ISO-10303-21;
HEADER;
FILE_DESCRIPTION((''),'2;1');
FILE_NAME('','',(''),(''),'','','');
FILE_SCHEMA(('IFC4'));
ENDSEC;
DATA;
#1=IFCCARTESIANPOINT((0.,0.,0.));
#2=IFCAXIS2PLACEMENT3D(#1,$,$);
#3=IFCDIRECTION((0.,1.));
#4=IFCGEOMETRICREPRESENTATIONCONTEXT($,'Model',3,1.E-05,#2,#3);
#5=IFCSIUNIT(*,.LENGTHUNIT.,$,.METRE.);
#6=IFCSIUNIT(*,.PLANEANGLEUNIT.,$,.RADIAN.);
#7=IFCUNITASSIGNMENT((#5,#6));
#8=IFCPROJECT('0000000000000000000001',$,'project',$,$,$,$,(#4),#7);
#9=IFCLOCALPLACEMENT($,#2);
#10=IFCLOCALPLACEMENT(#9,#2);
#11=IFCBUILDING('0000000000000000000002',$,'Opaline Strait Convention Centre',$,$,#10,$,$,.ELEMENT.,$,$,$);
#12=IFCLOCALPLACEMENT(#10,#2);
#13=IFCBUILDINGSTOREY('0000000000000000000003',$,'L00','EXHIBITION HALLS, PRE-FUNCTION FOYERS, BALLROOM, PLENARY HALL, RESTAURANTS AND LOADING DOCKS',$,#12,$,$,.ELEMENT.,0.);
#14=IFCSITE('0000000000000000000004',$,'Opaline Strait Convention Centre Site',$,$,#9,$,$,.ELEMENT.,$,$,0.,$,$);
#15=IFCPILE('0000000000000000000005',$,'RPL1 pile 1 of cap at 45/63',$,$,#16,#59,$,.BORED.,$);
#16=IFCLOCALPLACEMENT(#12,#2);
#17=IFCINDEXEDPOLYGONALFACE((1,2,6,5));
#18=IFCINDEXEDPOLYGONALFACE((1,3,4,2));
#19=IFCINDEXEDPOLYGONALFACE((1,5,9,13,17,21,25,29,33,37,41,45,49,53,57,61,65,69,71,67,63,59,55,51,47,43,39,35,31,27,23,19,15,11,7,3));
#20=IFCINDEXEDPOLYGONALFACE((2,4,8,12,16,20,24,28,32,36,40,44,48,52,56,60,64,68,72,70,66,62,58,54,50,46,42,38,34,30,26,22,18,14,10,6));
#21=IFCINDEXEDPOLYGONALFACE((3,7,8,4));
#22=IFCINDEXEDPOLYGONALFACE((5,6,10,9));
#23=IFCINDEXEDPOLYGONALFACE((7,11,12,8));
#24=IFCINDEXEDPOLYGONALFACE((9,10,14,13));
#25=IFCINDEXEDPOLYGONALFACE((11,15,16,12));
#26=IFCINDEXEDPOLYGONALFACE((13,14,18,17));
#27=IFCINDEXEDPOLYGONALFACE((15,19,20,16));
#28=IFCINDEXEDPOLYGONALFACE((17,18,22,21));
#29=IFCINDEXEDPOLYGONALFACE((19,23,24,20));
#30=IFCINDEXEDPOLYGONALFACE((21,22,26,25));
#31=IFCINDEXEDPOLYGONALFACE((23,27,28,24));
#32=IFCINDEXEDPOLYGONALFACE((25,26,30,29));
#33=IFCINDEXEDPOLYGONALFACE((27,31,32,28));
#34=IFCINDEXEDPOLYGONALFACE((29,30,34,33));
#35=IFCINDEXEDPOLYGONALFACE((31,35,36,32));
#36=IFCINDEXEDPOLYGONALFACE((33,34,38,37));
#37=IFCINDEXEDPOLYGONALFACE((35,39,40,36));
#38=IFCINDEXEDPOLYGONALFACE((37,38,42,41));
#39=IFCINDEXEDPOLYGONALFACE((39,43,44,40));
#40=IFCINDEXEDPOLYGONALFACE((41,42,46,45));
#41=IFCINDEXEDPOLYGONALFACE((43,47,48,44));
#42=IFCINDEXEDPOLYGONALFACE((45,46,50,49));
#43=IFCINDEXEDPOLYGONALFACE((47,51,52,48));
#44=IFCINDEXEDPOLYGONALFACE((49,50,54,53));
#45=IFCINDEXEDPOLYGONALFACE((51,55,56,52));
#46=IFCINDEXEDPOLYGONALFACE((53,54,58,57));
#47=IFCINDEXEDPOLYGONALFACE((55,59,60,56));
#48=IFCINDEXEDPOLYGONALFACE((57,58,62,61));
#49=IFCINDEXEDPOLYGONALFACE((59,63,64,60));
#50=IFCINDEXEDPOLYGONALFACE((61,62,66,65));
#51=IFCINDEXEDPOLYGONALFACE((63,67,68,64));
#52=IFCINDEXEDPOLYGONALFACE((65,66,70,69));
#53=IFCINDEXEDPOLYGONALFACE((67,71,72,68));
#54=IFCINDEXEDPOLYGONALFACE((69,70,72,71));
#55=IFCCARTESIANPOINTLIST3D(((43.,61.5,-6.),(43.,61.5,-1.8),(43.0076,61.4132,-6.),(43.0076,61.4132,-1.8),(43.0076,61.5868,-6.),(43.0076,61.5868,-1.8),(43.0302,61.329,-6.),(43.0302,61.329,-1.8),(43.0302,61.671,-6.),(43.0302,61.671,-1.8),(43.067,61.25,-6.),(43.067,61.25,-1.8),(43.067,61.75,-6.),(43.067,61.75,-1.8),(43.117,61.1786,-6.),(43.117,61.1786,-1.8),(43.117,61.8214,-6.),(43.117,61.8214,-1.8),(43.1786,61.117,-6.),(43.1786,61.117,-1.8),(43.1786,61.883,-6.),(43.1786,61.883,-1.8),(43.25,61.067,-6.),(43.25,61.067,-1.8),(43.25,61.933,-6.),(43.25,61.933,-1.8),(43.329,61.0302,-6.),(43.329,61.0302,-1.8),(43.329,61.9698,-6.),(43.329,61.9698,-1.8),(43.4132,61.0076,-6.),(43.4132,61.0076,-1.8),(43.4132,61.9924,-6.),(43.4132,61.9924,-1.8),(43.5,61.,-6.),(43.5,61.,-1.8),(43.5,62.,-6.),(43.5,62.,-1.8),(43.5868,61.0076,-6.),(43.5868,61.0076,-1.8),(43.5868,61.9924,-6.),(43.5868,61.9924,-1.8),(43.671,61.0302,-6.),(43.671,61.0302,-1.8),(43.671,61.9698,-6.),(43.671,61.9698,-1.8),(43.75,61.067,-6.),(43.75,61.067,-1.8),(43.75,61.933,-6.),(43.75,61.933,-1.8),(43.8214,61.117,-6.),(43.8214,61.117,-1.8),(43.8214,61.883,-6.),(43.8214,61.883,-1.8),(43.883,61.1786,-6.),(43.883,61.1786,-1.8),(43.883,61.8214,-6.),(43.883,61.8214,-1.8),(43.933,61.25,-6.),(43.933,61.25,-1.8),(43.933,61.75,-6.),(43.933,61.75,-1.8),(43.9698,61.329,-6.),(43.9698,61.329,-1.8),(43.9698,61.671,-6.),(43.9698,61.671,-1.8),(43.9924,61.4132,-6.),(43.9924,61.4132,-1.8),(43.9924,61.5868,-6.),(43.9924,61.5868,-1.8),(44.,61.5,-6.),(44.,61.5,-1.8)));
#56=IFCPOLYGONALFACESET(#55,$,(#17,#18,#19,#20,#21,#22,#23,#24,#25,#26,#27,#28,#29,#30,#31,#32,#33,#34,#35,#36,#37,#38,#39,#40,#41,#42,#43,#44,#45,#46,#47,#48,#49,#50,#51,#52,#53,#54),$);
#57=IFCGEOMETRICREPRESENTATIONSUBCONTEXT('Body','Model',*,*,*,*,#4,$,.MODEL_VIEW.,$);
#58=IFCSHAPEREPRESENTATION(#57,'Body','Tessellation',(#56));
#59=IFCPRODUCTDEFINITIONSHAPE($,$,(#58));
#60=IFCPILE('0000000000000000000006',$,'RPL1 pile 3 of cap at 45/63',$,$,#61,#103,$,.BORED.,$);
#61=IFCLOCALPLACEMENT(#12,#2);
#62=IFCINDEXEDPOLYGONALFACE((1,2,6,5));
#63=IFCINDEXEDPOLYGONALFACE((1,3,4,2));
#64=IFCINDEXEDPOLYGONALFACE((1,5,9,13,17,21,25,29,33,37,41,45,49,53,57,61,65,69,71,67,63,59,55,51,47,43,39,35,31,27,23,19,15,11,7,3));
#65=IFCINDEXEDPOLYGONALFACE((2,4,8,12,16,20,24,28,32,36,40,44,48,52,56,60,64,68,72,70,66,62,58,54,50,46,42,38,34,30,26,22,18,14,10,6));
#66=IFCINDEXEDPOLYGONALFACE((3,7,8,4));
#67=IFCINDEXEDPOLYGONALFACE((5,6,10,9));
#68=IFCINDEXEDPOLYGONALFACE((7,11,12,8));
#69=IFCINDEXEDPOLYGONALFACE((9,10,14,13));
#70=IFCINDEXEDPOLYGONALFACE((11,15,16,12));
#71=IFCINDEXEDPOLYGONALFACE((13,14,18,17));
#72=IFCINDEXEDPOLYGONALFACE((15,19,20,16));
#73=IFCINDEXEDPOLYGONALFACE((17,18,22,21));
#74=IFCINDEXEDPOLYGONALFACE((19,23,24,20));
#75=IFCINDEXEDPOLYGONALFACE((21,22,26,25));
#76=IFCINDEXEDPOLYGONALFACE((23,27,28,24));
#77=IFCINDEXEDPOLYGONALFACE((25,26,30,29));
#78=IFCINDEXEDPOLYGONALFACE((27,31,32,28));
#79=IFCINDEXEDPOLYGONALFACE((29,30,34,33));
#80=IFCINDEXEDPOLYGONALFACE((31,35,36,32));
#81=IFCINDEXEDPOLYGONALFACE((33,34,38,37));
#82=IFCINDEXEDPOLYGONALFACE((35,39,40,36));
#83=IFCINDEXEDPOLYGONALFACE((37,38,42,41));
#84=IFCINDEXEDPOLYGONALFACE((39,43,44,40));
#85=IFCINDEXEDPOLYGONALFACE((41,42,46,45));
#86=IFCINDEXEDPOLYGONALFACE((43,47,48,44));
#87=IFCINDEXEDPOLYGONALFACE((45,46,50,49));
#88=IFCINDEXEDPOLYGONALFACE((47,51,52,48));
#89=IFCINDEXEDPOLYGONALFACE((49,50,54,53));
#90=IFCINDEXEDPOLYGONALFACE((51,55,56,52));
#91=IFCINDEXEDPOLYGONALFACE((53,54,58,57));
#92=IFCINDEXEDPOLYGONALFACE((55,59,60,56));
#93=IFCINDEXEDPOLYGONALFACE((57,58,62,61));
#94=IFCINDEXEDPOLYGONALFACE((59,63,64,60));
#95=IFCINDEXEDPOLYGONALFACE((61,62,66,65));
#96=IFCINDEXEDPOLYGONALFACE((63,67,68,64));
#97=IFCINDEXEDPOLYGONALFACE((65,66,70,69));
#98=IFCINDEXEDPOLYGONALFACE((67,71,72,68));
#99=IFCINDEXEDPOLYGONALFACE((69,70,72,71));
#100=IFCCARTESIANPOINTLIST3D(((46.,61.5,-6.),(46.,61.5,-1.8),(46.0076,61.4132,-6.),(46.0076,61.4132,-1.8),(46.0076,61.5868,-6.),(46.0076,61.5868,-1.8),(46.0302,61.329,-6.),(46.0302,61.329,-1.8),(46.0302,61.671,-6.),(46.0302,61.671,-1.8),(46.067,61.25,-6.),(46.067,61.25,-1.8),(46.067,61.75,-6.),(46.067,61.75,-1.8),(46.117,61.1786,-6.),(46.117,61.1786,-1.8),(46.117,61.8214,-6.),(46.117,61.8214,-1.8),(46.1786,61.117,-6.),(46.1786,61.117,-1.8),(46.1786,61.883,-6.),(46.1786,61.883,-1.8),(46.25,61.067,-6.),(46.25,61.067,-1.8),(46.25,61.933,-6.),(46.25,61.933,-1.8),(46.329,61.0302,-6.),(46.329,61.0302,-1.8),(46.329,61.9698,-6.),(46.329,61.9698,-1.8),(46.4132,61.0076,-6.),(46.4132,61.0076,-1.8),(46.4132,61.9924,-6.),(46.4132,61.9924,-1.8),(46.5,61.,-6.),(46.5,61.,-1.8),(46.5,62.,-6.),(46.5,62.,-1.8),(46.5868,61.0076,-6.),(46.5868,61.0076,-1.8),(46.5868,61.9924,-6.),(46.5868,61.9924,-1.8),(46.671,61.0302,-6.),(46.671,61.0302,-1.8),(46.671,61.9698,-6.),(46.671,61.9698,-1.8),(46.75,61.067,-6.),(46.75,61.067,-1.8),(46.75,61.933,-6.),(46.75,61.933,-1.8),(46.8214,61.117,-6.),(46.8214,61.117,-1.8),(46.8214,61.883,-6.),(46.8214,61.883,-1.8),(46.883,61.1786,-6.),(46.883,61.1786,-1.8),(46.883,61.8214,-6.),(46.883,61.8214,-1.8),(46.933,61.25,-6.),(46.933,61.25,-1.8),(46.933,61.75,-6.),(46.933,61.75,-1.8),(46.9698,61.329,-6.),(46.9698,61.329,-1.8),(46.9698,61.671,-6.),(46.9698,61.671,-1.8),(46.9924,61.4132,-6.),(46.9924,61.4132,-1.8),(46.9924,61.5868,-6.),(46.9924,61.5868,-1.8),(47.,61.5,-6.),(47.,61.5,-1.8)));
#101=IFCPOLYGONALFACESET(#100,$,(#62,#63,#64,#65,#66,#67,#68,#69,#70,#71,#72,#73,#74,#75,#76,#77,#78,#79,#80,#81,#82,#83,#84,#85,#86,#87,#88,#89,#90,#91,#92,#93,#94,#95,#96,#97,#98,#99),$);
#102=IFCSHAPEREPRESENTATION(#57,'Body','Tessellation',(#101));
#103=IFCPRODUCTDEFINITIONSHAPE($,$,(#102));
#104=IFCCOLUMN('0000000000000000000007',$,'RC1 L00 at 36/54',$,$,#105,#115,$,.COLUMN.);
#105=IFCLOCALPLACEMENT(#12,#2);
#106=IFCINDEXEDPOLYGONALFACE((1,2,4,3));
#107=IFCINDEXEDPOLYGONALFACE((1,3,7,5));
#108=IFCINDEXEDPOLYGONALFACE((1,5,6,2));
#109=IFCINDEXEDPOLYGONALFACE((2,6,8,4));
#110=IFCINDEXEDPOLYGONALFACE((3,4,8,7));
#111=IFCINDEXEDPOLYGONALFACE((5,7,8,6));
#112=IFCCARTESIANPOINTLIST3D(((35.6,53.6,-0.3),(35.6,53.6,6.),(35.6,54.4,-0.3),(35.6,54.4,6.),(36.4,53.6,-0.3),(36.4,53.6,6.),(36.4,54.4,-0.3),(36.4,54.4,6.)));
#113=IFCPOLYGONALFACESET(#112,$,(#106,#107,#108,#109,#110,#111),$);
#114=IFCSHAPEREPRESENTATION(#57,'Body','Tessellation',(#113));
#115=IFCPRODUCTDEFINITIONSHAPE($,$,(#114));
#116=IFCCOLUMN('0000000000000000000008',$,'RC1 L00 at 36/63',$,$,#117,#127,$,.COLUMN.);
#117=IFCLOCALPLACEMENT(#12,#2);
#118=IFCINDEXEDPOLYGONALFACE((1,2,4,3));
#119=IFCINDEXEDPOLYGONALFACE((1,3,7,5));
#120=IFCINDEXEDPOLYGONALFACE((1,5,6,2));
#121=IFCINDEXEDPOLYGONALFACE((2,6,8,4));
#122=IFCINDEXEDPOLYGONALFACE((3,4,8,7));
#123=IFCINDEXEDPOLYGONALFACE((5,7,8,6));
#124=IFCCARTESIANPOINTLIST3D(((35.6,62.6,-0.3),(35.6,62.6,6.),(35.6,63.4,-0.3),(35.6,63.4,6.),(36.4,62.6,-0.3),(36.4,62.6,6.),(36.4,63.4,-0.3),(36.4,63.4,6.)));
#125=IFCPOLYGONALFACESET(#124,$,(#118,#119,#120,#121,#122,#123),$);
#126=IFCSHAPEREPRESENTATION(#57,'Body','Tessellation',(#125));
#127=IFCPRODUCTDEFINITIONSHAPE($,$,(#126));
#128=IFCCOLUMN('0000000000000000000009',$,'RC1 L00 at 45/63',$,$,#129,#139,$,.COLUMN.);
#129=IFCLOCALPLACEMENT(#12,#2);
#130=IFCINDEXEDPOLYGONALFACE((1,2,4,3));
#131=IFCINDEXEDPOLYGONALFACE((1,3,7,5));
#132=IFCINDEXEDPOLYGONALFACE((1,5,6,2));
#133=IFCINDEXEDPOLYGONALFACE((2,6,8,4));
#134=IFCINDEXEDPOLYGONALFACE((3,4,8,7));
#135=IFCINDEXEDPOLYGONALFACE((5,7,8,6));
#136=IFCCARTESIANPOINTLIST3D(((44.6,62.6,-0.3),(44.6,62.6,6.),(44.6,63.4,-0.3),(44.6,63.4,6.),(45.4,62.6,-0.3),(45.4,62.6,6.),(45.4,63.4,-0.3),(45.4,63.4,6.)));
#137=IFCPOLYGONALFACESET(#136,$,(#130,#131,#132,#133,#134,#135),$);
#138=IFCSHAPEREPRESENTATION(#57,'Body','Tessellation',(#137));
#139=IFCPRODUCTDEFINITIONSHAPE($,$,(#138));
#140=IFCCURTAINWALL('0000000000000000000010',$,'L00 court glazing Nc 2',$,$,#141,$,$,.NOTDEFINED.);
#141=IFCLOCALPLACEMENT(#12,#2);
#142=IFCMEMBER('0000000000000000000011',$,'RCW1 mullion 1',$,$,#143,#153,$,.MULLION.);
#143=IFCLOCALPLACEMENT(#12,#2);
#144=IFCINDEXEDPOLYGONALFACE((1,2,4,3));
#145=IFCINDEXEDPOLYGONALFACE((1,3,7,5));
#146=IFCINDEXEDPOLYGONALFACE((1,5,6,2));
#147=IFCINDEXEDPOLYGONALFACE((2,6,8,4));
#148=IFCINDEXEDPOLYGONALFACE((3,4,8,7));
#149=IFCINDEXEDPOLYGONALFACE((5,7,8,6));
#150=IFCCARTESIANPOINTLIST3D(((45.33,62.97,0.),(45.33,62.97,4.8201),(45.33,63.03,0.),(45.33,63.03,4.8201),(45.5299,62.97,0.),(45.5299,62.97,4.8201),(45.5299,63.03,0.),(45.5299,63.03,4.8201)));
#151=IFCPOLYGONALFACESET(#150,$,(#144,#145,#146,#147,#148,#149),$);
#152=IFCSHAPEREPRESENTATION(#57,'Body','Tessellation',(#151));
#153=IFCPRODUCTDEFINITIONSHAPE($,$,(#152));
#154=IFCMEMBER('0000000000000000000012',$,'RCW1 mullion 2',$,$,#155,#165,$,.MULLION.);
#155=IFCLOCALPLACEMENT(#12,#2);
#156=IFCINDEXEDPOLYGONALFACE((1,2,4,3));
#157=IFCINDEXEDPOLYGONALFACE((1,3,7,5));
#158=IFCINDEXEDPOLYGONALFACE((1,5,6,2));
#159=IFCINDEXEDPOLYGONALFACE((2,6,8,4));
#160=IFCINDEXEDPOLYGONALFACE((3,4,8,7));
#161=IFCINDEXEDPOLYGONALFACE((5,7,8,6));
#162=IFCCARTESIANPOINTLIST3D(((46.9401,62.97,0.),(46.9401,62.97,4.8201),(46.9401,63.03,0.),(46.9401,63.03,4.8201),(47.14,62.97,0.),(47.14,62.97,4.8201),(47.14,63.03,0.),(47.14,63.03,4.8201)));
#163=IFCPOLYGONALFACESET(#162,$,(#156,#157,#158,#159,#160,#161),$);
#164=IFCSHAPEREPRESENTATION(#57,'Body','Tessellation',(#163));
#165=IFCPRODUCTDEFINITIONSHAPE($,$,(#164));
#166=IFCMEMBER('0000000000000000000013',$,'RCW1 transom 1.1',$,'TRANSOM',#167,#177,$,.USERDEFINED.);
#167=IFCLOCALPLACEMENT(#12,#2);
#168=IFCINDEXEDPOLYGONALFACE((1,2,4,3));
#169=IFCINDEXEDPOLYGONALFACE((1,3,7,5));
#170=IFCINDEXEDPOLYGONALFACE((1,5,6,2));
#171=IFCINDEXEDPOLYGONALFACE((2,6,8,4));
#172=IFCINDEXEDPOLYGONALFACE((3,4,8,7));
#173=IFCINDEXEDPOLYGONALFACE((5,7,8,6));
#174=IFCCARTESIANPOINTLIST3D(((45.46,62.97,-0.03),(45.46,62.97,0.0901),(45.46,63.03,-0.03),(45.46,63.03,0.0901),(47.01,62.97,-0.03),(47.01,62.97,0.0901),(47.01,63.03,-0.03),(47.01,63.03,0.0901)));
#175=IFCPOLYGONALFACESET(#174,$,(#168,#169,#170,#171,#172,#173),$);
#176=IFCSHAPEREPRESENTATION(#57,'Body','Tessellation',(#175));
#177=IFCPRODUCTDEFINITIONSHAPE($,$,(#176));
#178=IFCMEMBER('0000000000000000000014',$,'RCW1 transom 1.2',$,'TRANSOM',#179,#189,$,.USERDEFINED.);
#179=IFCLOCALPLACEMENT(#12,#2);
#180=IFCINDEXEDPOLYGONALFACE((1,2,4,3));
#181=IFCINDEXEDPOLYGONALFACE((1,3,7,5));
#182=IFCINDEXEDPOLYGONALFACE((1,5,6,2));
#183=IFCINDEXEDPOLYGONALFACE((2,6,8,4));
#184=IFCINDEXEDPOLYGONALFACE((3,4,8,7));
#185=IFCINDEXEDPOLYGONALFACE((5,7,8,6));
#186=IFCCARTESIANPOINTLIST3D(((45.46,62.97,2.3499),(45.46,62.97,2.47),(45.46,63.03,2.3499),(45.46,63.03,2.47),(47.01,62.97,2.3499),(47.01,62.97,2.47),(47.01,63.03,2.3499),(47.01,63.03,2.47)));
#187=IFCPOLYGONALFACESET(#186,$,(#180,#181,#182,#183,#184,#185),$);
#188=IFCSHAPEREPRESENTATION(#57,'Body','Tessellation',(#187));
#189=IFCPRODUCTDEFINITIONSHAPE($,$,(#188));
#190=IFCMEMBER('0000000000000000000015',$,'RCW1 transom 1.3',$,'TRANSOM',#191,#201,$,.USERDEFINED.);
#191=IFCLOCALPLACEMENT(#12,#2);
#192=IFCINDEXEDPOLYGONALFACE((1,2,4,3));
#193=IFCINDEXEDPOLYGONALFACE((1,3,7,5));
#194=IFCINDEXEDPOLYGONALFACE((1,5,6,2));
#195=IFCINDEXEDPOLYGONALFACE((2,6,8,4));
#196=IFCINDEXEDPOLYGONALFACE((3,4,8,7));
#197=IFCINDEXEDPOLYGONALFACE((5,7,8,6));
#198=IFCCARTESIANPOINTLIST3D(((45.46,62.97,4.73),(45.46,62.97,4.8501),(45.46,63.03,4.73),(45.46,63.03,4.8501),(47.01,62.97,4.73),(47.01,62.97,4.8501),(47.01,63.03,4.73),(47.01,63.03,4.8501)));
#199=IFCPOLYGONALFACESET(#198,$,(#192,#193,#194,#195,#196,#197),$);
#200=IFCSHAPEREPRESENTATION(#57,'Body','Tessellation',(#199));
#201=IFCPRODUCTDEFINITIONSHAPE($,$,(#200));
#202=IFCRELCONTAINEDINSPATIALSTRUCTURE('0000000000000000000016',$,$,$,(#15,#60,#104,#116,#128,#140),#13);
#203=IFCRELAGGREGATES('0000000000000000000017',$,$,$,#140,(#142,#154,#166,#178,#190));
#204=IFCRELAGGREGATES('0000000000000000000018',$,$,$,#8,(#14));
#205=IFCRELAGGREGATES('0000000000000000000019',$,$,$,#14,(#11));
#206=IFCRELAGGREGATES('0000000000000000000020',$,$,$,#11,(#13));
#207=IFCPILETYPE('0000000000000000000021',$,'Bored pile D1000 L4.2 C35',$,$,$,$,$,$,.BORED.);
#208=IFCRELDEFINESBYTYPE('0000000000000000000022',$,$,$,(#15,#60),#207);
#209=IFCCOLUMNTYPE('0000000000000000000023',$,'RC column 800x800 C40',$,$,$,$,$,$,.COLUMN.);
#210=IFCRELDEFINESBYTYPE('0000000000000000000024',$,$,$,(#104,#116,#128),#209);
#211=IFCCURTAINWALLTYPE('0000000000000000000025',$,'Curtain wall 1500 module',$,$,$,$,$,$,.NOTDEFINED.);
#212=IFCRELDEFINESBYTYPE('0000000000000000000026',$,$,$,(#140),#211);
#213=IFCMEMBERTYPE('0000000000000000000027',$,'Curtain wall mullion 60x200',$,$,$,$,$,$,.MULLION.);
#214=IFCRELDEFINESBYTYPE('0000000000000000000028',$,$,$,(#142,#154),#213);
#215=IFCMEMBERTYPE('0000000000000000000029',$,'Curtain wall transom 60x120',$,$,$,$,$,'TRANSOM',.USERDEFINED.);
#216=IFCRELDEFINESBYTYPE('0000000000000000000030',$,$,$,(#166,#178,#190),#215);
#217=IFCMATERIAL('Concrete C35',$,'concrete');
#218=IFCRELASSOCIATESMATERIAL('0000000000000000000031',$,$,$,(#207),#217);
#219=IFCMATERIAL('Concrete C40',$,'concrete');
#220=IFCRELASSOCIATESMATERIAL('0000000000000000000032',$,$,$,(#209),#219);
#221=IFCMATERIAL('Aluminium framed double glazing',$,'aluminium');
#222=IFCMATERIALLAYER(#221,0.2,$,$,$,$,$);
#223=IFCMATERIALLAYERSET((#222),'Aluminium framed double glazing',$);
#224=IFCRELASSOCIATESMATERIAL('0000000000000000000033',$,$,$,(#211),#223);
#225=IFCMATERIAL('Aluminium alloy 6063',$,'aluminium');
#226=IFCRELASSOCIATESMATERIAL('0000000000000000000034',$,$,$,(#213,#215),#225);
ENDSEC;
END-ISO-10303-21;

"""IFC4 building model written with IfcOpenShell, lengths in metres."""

from ifc_helpers import new_model, si_unit, direction, frame, origin, origin_2d, place, context, subcontext, project, spatial, rectangle, circle, extrude, material, layer, layer_set, material_profile, profile_set, type_object, element, aggregate, save


model = new_model("IFC4")

# Units and contexts
model_context = context("Model", 3, precision=1e-05, world=origin(), true_north=direction((0.0, 1.0)))
body_context = subcontext(model_context, "Body", "Model", "MODEL_VIEW")
ifc_project = project(units=[si_unit("LENGTHUNIT", "METRE"), si_unit("PLANEANGLEUNIT", "RADIAN")], contexts=[model_context])

# Site, building, storey
site_placement = place(None, origin())
site = spatial("IfcSite", under=ifc_project, at=site_placement, Name="Opaline Strait Convention Centre Site", CompositionType="ELEMENT", RefElevation=0.0)
building_placement = place(site_placement, origin())
building = spatial("IfcBuilding", under=site, at=building_placement, Name="Opaline Strait Convention Centre", CompositionType="ELEMENT")
storey_placement = place(building_placement, origin())
storey = spatial("IfcBuildingStorey", under=building, at=storey_placement, Name="L00", Description="EXHIBITION HALLS, PRE-FUNCTION FOYERS, BALLROOM, PLENARY HALL, RESTAURANTS AND LOADING DOCKS", CompositionType="ELEMENT", Elevation=0.0)

# Piles
ifc_material_1 = material(Name="Concrete C35", Category="concrete")
ifc_material_profile_1 = material_profile(ifc_material_1, circle(Radius=0.5, at=origin_2d()), Name="D1000")
ifc_profile_set_1 = profile_set([ifc_material_profile_1], Name="Concrete C35")
pile_type = type_object("IfcPileType", Name="Bored pile D1000 L4.2 C35", PredefinedType="BORED", material=ifc_profile_set_1)
for number, where, z_axis, x_axis, name in (
    (1, (43.5, 61.5, -1.8), (0.0, 0.0, -1.0), (1.0, 0.0, 0.0), "RPL1 pile 1 of cap at 45/63"),
    (2, (46.5, 61.5, -1.8), (0.0, 0.0, -1.0), (1.0, 0.0, 0.0), "RPL1 pile 3 of cap at 45/63"),
):
    element("IfcPile", number, at=place(storey_placement, frame(where, z_axis=z_axis, x_axis=x_axis)), inside=storey, type_object=pile_type, Name=name, PredefinedType="BORED", context=body_context, shape_type="SweptSolid", body=[
        extrude(circle(Radius=0.5, at=origin_2d()), origin(), (0.0, 0.0, 1.0), 4.2),
    ])

# Columns
ifc_material_2 = material(Name="Concrete C40", Category="concrete")
ifc_material_profile_2 = material_profile(ifc_material_2, rectangle(XDim=0.8, YDim=0.8, at=origin_2d()), Name="RC 800x800")
ifc_profile_set_2 = profile_set([ifc_material_profile_2], Name="Concrete C40")
column_type = type_object("IfcColumnType", Name="RC column 800x800 C40", PredefinedType="COLUMN", material=ifc_profile_set_2)
for number, where, z_axis, x_axis, name in (
    (3, (36.0, 54.0, -0.3), (0.0, 0.0, 1.0), (1.0, 0.0, 0.0), "RC1 L00 at 36/54"),
    (4, (36.0, 63.0, -0.3), (0.0, 0.0, 1.0), (1.0, 0.0, 0.0), "RC1 L00 at 36/63"),
    (5, (45.0, 63.0, -0.3), (0.0, 0.0, 1.0), (1.0, 0.0, 0.0), "RC1 L00 at 45/63"),
):
    element("IfcColumn", number, at=place(storey_placement, frame(where, z_axis=z_axis, x_axis=x_axis)), inside=storey, type_object=column_type, Name=name, PredefinedType="COLUMN", context=body_context, shape_type="SweptSolid", body=[
        extrude(rectangle(XDim=0.8, YDim=0.8, at=origin_2d()), origin(), (0.0, 0.0, 1.0), 6.3),
    ])

# Curtain wall, members
ifc_material_3 = material(Name="Aluminium framed double glazing", Category="aluminium")
ifc_layer_1 = layer(ifc_material_3, 0.2)
ifc_layer_set_1 = layer_set([ifc_layer_1], Name="Aluminium framed double glazing")
curtain_wall_type = type_object("IfcCurtainWallType", Name="Curtain wall 1500 module", PredefinedType="NOTDEFINED", material=ifc_layer_set_1)
curtain_wall_placement = place(storey_placement, origin())
curtain_wall = element("IfcCurtainWall", 6, at=curtain_wall_placement, inside=storey, type_object=curtain_wall_type, Name="L00 court glazing Nc 2", PredefinedType="NOTDEFINED")
ifc_material_4 = material(Name="Aluminium alloy 6063", Category="aluminium")
ifc_material_profile_3 = material_profile(ifc_material_4, rectangle(XDim=0.0601, YDim=0.2, at=origin_2d()), Name="Curtain wall mullion 60x200")
ifc_profile_set_3 = profile_set([ifc_material_profile_3], Name="Aluminium alloy 6063")
member_type_1 = type_object("IfcMemberType", Name="Curtain wall mullion 60x200", PredefinedType="MULLION", material=ifc_profile_set_3)
member_1_placement = place(storey_placement, frame((45.4299, 63.0, 0.0), z_axis=(0.0, 0.0, 1.0), x_axis=(0.0, 1.0, 0.0)))
member_1 = element("IfcMember", 7, at=member_1_placement, type_object=member_type_1, Name="RCW1 mullion 1", PredefinedType="MULLION", context=body_context, shape_type="SweptSolid", body=[
    extrude(rectangle(XDim=0.0601, YDim=0.2, at=origin_2d()), origin(), (0.0, 0.0, 1.0), 4.8201),
])
member_2_placement = place(storey_placement, frame((47.04, 63.0, 0.0), z_axis=(0.0, 0.0, 1.0), x_axis=(0.0, 1.0, 0.0)))
member_2 = element("IfcMember", 8, at=member_2_placement, type_object=member_type_1, Name="RCW1 mullion 2", PredefinedType="MULLION", context=body_context, shape_type="SweptSolid", body=[
    extrude(rectangle(XDim=0.0601, YDim=0.2, at=origin_2d()), origin(), (0.0, 0.0, 1.0), 4.8201),
])
ifc_material_profile_4 = material_profile(ifc_material_4, rectangle(XDim=0.0601, YDim=0.1201, at=origin_2d()), Name="Curtain wall transom 60x120")
ifc_profile_set_4 = profile_set([ifc_material_profile_4], Name="Aluminium alloy 6063")
member_type_2 = type_object("IfcMemberType", Name="Curtain wall transom 60x120", ElementType="TRANSOM", PredefinedType="USERDEFINED", material=ifc_profile_set_4)
member_3_placement = place(storey_placement, frame((45.46, 63.0, 0.03), z_axis=(1.0, 0.0, 0.0), x_axis=(0.0, 1.0, 0.0)))
member_3 = element("IfcMember", 9, at=member_3_placement, type_object=member_type_2, Name="RCW1 transom 1.1", ObjectType="TRANSOM", PredefinedType="USERDEFINED", context=body_context, shape_type="SweptSolid", body=[
    extrude(rectangle(XDim=0.0601, YDim=0.1201, at=origin_2d()), origin(), (0.0, 0.0, 1.0), 1.55),
])
member_4_placement = place(storey_placement, frame((45.46, 63.0, 2.4099), z_axis=(1.0, 0.0, 0.0), x_axis=(0.0, 1.0, 0.0)))
member_4 = element("IfcMember", 10, at=member_4_placement, type_object=member_type_2, Name="RCW1 transom 1.2", ObjectType="TRANSOM", PredefinedType="USERDEFINED", context=body_context, shape_type="SweptSolid", body=[
    extrude(rectangle(XDim=0.0601, YDim=0.1201, at=origin_2d()), origin(), (0.0, 0.0, 1.0), 1.55),
])
member_5_placement = place(storey_placement, frame((45.46, 63.0, 4.79), z_axis=(1.0, 0.0, 0.0), x_axis=(0.0, 1.0, 0.0)))
member_5 = element("IfcMember", 11, at=member_5_placement, type_object=member_type_2, Name="RCW1 transom 1.3", ObjectType="TRANSOM", PredefinedType="USERDEFINED", context=body_context, shape_type="SweptSolid", body=[
    extrude(rectangle(XDim=0.0601, YDim=0.1201, at=origin_2d()), origin(), (0.0, 0.0, 1.0), 1.55),
])
aggregate(curtain_wall, [member_1, member_2, member_3, member_4, member_5])

save(model, "model.ifc")
